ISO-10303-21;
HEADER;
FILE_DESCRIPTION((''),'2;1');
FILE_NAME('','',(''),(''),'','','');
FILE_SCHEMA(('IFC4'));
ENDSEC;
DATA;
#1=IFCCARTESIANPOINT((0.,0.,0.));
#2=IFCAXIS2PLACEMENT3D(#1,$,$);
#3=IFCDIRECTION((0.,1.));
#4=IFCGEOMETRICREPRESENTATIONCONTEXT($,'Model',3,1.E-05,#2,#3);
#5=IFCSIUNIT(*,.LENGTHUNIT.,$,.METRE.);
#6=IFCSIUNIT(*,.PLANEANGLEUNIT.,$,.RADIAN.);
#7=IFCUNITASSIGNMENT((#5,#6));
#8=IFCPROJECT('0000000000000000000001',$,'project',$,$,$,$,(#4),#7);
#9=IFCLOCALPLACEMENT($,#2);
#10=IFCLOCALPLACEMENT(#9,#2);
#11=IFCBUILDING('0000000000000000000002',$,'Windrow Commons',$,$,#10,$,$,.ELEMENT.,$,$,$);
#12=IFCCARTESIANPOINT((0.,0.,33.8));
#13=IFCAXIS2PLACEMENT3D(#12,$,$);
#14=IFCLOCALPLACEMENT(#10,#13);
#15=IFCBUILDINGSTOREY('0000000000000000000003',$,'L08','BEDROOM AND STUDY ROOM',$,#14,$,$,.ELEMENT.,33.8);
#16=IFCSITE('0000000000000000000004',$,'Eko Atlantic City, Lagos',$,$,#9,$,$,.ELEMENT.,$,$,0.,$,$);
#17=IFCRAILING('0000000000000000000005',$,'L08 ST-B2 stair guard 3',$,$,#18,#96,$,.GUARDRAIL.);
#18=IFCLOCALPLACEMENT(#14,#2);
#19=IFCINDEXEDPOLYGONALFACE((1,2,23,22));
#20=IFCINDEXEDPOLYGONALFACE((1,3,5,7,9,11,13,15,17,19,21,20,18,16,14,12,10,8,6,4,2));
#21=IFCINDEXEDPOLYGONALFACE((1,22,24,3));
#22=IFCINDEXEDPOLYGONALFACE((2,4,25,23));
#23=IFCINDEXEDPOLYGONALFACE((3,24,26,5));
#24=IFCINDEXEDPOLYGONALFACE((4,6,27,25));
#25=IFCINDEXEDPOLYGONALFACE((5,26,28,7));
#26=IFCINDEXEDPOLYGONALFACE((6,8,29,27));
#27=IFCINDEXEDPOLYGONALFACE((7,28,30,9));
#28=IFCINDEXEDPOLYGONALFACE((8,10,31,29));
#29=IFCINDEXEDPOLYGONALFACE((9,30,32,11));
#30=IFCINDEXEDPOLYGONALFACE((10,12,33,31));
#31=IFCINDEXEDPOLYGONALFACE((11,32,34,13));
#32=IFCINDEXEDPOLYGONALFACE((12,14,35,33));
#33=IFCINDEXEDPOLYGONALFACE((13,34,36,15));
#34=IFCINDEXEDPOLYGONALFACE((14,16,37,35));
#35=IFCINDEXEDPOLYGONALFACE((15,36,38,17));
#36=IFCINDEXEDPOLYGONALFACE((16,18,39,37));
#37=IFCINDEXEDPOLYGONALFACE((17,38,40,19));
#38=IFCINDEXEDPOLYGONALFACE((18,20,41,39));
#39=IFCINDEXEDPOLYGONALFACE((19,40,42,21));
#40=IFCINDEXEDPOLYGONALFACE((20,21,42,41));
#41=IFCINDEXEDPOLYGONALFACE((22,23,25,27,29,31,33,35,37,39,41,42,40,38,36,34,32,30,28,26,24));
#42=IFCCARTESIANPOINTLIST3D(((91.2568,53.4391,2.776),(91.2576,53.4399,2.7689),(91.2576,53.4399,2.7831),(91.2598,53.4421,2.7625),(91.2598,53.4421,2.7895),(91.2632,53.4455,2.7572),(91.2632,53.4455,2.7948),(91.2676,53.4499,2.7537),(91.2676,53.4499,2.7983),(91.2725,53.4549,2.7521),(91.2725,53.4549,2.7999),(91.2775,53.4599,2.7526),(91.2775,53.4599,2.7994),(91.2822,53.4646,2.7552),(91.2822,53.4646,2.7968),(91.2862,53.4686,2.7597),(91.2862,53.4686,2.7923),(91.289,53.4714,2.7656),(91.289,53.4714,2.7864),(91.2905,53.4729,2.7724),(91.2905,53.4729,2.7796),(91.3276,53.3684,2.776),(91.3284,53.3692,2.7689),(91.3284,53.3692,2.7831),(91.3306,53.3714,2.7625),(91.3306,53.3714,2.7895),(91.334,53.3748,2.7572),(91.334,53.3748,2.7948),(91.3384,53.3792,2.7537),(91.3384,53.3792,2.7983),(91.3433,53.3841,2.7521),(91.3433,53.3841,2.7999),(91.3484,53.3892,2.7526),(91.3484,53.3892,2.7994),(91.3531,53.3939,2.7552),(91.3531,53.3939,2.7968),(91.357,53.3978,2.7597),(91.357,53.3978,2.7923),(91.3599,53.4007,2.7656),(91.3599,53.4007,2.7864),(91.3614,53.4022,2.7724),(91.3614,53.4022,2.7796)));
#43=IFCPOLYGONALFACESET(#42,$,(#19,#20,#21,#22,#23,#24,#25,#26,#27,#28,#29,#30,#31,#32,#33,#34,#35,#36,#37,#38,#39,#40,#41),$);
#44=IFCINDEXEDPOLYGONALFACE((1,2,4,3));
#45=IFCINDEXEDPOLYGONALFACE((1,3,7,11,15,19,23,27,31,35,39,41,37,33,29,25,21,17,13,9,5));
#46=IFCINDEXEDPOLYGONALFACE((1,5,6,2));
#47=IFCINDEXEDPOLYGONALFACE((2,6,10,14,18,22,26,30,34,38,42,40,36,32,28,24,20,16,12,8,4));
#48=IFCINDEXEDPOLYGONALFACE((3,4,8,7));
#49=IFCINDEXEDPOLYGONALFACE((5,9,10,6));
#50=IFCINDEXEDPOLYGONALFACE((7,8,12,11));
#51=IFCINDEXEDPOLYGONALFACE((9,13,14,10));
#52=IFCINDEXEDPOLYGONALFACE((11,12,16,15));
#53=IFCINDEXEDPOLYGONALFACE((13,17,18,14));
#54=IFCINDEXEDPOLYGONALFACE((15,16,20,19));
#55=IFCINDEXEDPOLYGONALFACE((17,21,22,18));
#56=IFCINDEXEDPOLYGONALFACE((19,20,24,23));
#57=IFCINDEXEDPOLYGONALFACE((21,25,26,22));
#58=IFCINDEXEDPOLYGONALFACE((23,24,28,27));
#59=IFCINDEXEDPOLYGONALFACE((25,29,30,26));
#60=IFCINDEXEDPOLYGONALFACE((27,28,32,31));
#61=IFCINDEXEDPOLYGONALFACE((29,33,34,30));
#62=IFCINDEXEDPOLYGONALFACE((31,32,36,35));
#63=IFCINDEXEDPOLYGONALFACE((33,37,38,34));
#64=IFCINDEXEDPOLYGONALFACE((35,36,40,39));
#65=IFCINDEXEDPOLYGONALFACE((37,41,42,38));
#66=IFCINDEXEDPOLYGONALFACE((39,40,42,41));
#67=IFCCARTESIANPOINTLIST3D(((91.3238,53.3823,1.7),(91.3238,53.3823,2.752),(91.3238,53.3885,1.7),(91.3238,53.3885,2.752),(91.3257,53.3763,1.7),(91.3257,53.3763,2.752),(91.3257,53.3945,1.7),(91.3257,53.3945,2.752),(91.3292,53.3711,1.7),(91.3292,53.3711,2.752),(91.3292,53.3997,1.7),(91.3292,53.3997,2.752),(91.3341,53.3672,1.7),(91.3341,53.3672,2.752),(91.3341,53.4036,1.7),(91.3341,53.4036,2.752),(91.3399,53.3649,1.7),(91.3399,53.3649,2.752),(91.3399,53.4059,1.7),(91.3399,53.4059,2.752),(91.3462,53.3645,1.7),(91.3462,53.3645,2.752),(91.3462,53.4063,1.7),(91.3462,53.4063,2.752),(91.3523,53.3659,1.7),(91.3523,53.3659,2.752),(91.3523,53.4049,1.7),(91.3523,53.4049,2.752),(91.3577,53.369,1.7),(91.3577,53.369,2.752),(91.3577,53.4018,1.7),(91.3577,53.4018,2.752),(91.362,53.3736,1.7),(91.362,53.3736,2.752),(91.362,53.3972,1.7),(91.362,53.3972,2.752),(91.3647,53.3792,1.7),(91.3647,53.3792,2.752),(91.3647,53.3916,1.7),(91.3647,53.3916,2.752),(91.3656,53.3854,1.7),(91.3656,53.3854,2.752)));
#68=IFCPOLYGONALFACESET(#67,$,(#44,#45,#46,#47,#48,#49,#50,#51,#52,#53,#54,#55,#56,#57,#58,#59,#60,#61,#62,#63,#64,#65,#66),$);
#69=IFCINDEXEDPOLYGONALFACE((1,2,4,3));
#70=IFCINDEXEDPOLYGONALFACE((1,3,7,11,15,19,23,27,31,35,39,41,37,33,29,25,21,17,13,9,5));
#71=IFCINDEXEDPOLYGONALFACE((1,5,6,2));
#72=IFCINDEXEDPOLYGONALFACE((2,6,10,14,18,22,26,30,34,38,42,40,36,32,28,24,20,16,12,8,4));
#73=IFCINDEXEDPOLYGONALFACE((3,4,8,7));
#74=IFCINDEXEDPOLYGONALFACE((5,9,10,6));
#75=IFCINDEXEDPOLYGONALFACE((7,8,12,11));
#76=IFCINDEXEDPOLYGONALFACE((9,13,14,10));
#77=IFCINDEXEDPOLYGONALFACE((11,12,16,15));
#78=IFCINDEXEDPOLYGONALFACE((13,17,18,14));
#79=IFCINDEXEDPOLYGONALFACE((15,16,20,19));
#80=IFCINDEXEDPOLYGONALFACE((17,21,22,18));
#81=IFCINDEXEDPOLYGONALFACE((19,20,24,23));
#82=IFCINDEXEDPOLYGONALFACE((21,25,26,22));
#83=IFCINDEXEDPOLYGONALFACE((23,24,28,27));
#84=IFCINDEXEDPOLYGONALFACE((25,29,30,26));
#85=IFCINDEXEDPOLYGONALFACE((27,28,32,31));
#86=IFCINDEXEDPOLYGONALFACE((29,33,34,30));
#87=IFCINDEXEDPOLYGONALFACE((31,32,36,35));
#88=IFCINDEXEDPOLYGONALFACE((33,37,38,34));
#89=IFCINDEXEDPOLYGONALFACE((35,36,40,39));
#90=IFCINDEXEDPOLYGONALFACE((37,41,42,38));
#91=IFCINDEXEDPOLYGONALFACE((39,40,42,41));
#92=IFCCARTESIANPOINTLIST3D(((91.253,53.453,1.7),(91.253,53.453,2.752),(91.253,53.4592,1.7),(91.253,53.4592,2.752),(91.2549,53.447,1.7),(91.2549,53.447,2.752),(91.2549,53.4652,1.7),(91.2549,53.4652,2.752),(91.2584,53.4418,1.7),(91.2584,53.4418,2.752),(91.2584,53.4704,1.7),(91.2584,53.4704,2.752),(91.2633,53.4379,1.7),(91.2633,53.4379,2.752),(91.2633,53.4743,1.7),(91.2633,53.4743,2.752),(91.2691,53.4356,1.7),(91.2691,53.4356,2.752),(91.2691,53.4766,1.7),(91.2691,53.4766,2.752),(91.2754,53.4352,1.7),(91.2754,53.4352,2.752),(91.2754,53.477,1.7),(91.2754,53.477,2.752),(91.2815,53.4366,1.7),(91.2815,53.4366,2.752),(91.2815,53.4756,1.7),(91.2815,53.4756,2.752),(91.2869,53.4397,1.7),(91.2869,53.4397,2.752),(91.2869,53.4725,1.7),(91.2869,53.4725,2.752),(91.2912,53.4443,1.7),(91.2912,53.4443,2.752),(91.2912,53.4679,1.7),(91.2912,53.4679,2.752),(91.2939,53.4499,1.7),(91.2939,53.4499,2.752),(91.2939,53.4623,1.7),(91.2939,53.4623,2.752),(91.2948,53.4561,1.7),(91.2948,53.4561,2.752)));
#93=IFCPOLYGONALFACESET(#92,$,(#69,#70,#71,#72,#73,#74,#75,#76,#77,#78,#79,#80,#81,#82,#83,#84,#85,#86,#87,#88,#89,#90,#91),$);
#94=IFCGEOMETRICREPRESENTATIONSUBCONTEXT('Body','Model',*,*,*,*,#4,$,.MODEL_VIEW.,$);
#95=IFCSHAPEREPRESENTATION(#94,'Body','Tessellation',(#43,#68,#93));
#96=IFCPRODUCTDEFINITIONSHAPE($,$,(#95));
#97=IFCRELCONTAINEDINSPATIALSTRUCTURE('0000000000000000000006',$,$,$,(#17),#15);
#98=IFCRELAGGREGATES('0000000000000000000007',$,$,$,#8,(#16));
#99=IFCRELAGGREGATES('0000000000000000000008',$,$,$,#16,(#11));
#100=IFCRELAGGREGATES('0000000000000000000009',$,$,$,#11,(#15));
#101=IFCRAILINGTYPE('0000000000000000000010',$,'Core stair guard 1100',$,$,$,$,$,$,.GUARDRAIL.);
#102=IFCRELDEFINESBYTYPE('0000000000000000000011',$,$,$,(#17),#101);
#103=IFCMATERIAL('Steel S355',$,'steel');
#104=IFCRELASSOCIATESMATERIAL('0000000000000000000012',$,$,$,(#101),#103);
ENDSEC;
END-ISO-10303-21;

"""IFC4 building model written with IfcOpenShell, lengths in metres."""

from ifc_helpers import new_model, si_unit, direction, frame, origin, origin_2d, place, context, subcontext, project, spatial, circle, extrude, material, type_object, element, save


model = new_model("IFC4")

# Units and contexts
model_context = context("Model", 3, precision=1e-05, world=origin(), true_north=direction((0.0, 1.0)))
body_context = subcontext(model_context, "Body", "Model", "MODEL_VIEW")
ifc_project = project(units=[si_unit("LENGTHUNIT", "METRE"), si_unit("PLANEANGLEUNIT", "RADIAN")], contexts=[model_context])

# Site, building, storey
site_placement = place(None, origin())
site = spatial("IfcSite", under=ifc_project, at=site_placement, Name="Eko Atlantic City, Lagos", CompositionType="ELEMENT", RefElevation=0.0)
building_placement = place(site_placement, origin())
building = spatial("IfcBuilding", under=site, at=building_placement, Name="Windrow Commons", CompositionType="ELEMENT")
storey_placement = place(building_placement, frame((0.0, 0.0, 33.8)))
storey = spatial("IfcBuildingStorey", under=building, at=storey_placement, Name="L08", Description="BEDROOM AND STUDY ROOM", CompositionType="ELEMENT", Elevation=33.8)

# Railing
ifc_material_1 = material(Name="Steel S355", Category="steel")
railing_type = type_object("IfcRailingType", Name="Core stair guard 1100", PredefinedType="GUARDRAIL", material=ifc_material_1)
railing_1_placement = place(storey_placement, frame((91.3446, 53.3854, 1.7)))
element("IfcRailing", 1, at=railing_1_placement, inside=storey, type_object=railing_type, Name="L08 ST-B2 stair guard 3", PredefinedType="GUARDRAIL", context=body_context, shape_type="SweptSolid", body=[
    extrude(circle(Radius=0.024, at=origin_2d()), frame((0.0, 0.0, 1.076), z_axis=(-0.707606, 0.706607, 0.0), x_axis=(-0.706607, -0.707606, 0.0)), (0.0, 0.0, 1.0), 0.1001),
    extrude(circle(Radius=0.021, at=origin_2d()), origin(), (0.0, 0.0, 1.0), 1.052),
    extrude(circle(Radius=0.021, at=origin_2d()), frame((-0.0708, 0.0707, 0.0)), (0.0, 0.0, 1.0), 1.052),
])

save(model, "model.ifc")
